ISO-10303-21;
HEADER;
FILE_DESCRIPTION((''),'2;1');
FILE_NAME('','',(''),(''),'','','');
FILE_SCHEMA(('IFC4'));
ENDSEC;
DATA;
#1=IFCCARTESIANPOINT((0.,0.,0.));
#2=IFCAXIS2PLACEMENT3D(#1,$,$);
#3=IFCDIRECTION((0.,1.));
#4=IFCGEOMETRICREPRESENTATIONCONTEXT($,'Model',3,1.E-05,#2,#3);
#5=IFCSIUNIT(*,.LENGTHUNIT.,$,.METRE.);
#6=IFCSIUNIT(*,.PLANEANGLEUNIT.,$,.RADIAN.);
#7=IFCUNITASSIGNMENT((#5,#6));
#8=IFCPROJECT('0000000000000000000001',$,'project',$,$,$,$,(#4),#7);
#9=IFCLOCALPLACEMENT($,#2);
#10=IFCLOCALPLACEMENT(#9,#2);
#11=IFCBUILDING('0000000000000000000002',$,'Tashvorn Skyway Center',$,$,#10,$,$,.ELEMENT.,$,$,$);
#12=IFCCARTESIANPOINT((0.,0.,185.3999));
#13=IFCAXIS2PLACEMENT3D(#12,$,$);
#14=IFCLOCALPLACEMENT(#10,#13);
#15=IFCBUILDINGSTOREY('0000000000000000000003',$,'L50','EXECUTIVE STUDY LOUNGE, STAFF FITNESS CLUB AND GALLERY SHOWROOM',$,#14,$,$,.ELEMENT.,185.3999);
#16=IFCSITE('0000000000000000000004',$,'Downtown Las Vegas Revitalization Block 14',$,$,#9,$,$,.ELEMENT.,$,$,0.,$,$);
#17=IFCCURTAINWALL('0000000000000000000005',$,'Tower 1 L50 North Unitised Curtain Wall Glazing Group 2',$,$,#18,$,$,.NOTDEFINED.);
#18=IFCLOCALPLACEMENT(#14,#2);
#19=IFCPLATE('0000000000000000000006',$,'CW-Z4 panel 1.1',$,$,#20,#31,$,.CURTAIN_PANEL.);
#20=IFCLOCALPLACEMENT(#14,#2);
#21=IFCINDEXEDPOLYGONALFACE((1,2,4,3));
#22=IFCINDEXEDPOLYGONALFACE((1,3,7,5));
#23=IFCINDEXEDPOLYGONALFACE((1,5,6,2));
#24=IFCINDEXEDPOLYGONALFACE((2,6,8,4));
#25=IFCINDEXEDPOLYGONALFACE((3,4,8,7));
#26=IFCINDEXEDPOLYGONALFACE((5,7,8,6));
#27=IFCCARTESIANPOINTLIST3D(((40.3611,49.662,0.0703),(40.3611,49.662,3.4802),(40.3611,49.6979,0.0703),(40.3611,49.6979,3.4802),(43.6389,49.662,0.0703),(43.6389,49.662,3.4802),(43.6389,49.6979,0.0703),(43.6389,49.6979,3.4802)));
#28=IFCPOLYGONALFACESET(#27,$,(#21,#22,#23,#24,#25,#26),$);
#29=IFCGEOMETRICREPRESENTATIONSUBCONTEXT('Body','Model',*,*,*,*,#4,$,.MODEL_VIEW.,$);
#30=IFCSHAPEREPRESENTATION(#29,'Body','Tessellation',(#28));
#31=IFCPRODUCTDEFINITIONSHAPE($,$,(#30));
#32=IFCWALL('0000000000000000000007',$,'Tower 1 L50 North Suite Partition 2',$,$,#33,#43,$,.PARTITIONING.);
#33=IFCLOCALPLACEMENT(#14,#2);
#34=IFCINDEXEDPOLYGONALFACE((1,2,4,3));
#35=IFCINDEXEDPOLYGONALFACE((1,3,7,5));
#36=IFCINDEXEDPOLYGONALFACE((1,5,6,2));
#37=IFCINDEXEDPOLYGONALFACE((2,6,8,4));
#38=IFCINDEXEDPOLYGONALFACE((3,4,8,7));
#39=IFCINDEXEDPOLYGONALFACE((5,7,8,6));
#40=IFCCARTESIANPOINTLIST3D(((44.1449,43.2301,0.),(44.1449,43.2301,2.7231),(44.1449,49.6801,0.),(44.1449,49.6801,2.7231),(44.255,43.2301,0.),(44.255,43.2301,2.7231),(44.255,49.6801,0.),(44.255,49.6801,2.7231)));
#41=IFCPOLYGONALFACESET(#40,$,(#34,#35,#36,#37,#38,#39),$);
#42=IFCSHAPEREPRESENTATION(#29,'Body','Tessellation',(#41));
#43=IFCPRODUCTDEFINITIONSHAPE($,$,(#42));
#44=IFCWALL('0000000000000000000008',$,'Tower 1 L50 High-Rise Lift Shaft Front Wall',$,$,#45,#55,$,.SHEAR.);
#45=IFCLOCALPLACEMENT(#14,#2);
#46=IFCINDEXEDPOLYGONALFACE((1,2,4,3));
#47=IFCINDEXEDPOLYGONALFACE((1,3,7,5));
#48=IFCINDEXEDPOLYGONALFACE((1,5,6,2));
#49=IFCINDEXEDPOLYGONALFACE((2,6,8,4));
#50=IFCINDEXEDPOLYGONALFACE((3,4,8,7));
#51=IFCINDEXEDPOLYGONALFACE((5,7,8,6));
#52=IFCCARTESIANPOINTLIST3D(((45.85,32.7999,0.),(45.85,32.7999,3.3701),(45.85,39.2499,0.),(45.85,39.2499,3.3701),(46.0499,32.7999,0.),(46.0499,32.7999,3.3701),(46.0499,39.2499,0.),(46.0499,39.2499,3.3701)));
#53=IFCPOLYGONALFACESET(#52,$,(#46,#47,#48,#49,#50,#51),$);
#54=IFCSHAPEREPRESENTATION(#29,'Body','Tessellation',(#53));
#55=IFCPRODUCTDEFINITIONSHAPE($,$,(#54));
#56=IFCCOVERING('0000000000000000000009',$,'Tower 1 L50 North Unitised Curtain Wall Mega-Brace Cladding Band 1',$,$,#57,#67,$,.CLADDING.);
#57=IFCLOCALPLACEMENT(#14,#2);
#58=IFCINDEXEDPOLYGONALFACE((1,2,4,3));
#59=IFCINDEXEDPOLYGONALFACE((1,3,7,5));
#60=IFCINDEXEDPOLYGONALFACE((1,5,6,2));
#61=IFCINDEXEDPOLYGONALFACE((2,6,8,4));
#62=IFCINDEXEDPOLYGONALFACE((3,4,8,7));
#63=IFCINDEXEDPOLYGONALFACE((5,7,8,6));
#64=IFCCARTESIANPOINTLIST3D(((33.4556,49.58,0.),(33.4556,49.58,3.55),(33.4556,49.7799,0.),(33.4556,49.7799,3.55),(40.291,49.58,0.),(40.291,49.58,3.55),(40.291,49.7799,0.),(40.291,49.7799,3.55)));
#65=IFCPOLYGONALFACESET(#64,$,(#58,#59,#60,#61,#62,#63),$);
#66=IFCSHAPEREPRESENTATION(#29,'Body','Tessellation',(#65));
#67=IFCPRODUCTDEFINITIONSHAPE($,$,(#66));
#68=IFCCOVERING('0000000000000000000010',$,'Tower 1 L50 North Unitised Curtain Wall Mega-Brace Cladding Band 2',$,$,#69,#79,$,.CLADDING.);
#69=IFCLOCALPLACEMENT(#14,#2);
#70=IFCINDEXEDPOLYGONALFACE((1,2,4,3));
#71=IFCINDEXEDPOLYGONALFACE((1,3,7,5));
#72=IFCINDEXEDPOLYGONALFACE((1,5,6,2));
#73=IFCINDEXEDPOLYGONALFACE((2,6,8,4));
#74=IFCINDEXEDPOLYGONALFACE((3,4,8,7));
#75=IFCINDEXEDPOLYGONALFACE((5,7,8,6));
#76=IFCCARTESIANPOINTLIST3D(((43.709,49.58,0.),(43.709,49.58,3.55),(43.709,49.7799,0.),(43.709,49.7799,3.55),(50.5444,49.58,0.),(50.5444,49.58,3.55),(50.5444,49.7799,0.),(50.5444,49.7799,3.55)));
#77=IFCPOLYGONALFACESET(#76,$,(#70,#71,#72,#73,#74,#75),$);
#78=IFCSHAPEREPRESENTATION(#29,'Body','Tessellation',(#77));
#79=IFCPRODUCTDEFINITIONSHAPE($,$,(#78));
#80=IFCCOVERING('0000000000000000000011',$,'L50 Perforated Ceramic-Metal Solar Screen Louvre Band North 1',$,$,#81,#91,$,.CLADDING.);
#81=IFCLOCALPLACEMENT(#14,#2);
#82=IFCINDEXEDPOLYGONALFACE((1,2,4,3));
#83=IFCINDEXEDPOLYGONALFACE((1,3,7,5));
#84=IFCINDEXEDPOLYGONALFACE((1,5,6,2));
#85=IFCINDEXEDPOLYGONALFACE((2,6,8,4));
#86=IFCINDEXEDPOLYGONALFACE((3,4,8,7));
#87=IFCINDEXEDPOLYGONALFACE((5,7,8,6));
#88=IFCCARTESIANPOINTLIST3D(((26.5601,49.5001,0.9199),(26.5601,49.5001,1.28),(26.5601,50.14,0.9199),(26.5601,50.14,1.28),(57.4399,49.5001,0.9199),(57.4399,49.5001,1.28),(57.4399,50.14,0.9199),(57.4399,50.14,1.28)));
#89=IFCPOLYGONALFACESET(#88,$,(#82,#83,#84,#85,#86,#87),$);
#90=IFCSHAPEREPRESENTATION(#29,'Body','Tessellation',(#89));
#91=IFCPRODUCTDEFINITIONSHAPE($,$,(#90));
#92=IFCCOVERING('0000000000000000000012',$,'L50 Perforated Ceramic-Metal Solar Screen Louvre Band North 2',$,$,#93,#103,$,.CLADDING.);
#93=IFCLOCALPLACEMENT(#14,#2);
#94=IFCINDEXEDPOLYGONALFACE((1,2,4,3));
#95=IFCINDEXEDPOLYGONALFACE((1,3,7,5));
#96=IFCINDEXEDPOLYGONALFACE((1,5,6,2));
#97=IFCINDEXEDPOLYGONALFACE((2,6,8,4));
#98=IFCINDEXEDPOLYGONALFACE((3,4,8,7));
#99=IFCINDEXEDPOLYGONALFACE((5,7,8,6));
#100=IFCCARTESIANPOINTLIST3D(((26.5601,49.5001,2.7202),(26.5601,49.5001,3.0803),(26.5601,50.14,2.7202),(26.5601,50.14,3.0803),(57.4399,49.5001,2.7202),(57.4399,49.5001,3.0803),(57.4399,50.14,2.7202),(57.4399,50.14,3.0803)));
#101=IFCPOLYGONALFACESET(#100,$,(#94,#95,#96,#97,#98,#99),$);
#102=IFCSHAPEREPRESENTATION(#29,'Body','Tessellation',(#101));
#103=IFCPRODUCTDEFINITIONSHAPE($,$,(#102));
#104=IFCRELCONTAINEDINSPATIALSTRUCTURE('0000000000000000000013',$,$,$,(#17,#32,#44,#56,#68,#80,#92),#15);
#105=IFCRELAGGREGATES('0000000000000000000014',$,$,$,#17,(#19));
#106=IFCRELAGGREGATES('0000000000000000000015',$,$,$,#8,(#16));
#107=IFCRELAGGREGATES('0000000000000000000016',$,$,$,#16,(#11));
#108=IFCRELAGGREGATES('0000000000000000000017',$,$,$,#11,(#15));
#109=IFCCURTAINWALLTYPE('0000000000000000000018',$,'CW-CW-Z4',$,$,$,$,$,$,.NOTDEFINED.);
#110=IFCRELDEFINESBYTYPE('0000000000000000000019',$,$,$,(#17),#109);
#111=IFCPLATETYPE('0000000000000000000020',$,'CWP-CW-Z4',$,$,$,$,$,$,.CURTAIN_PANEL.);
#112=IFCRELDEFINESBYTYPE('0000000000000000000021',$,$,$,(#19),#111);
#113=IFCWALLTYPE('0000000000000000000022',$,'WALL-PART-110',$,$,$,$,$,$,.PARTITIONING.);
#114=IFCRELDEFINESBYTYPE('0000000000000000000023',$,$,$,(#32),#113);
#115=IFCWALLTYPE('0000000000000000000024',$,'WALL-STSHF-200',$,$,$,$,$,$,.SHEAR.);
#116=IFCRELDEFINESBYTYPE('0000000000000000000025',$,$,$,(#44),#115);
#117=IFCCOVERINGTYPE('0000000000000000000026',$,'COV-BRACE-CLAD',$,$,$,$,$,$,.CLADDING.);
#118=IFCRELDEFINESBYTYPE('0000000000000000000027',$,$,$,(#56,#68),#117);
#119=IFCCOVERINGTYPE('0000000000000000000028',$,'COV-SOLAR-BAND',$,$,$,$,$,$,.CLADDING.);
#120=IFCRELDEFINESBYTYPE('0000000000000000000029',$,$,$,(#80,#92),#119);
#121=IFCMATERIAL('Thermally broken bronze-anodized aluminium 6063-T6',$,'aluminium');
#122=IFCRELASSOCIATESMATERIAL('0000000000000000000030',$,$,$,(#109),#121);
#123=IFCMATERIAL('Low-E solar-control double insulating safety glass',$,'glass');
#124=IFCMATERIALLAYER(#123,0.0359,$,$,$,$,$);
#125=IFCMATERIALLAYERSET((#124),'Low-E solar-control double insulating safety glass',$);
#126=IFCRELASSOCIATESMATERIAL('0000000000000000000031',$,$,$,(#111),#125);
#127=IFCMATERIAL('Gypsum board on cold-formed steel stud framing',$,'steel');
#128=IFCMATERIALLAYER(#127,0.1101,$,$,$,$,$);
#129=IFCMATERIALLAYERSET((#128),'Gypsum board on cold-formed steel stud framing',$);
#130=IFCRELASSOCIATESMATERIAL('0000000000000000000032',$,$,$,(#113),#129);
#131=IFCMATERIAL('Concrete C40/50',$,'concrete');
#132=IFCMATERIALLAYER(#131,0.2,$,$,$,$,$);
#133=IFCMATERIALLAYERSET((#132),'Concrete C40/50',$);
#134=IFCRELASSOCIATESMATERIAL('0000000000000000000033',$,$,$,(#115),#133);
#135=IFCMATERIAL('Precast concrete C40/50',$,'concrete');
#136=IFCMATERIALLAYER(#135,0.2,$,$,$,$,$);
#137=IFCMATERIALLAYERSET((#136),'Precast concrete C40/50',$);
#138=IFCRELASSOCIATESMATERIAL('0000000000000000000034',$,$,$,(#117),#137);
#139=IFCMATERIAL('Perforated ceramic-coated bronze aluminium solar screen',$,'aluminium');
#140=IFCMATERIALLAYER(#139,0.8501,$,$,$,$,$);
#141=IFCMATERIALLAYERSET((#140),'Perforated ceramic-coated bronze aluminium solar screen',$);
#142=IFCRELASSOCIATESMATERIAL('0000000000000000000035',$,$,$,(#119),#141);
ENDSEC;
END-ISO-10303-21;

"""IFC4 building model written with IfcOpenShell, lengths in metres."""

from ifc_helpers import new_model, si_unit, direction, frame, frame_2d, origin, origin_2d, place, context, subcontext, project, spatial, rectangle, extrude, material, layer, layer_set, type_object, element, aggregate, save


model = new_model("IFC4")

# Units and contexts
model_context = context("Model", 3, precision=1e-05, world=origin(), true_north=direction((0.0, 1.0)))
body_context = subcontext(model_context, "Body", "Model", "MODEL_VIEW")
ifc_project = project(units=[si_unit("LENGTHUNIT", "METRE"), si_unit("PLANEANGLEUNIT", "RADIAN")], contexts=[model_context])

# Site, building, storey
site_placement = place(None, origin())
site = spatial("IfcSite", under=ifc_project, at=site_placement, Name="Downtown Las Vegas Revitalization Block 14", CompositionType="ELEMENT", RefElevation=0.0)
building_placement = place(site_placement, origin())
building = spatial("IfcBuilding", under=site, at=building_placement, Name="Tashvorn Skyway Center", CompositionType="ELEMENT")
storey_placement = place(building_placement, frame((0.0, 0.0, 185.3999)))
storey = spatial("IfcBuildingStorey", under=building, at=storey_placement, Name="L50", Description="EXECUTIVE STUDY LOUNGE, STAFF FITNESS CLUB AND GALLERY SHOWROOM", CompositionType="ELEMENT", Elevation=185.3999)

# Curtain wall, plate
ifc_material_1 = material(Name="Thermally broken bronze-anodized aluminium 6063-T6", Category="aluminium")
curtain_wall_type = type_object("IfcCurtainWallType", Name="CW-CW-Z4", PredefinedType="NOTDEFINED", material=ifc_material_1)
curtain_wall_placement = place(storey_placement, origin())
curtain_wall = element("IfcCurtainWall", 1, at=curtain_wall_placement, inside=storey, type_object=curtain_wall_type, Name="Tower 1 L50 North Unitised Curtain Wall Glazing Group 2", PredefinedType="NOTDEFINED")
ifc_material_2 = material(Name="Low-E solar-control double insulating safety glass", Category="glass")
ifc_layer_1 = layer(ifc_material_2, 0.0359)
ifc_layer_set_1 = layer_set([ifc_layer_1], Name="Low-E solar-control double insulating safety glass")
plate_type = type_object("IfcPlateType", Name="CWP-CW-Z4", PredefinedType="CURTAIN_PANEL", material=ifc_layer_set_1)
plate_placement = place(storey_placement, frame((42.0, 49.6799, 0.0703), z_axis=(0.0, 0.0, 1.0), x_axis=(1.0, 0.0, 0.0)))
plate = element("IfcPlate", 2, at=plate_placement, type_object=plate_type, Name="CW-Z4 panel 1.1", PredefinedType="CURTAIN_PANEL", context=body_context, shape_type="SweptSolid", body=[
    extrude(rectangle(XDim=3.2778, YDim=0.0359, at=origin_2d()), origin(), (0.0, 0.0, 1.0), 3.4099),
])
aggregate(curtain_wall, [plate])

# Walls
ifc_material_3 = material(Name="Gypsum board on cold-formed steel stud framing", Category="steel")
ifc_layer_2 = layer(ifc_material_3, 0.1101)
ifc_layer_set_2 = layer_set([ifc_layer_2], Name="Gypsum board on cold-formed steel stud framing")
wall_type_1 = type_object("IfcWallType", Name="WALL-PART-110", PredefinedType="PARTITIONING", material=ifc_layer_set_2)
wall_1_placement = place(storey_placement, frame((44.2, 43.23, 0.0), z_axis=(0.0, 0.0, 1.0), x_axis=(0.0, 1.0, 0.0)))
element("IfcWall", 3, at=wall_1_placement, inside=storey, type_object=wall_type_1, Name="Tower 1 L50 North Suite Partition 2", PredefinedType="PARTITIONING", context=body_context, shape_type="SweptSolid", body=[
    extrude(rectangle(XDim=6.45, YDim=0.1101, at=frame_2d((3.2251, 0.0))), origin(), (0.0, 0.0, 1.0), 2.7231),
])
ifc_material_4 = material(Name="Concrete C40/50", Category="concrete")
ifc_layer_3 = layer(ifc_material_4, 0.2)
ifc_layer_set_3 = layer_set([ifc_layer_3], Name="Concrete C40/50")
wall_type_2 = type_object("IfcWallType", Name="WALL-STSHF-200", PredefinedType="SHEAR", material=ifc_layer_set_3)
wall_2_placement = place(storey_placement, frame((45.95, 39.25, 0.0), z_axis=(0.0, 0.0, 1.0), x_axis=(0.0, -1.0, 0.0)))
element("IfcWall", 4, at=wall_2_placement, inside=storey, type_object=wall_type_2, Name="Tower 1 L50 High-Rise Lift Shaft Front Wall", PredefinedType="SHEAR", context=body_context, shape_type="SweptSolid", body=[
    extrude(rectangle(XDim=6.45, YDim=0.2, at=frame_2d((3.2251, 0.0))), origin(), (0.0, 0.0, 1.0), 3.3701),
])

# Coverings
ifc_material_5 = material(Name="Precast concrete C40/50", Category="concrete")
ifc_layer_4 = layer(ifc_material_5, 0.2)
ifc_layer_set_4 = layer_set([ifc_layer_4], Name="Precast concrete C40/50")
covering_type_1 = type_object("IfcCoveringType", Name="COV-BRACE-CLAD", PredefinedType="CLADDING", material=ifc_layer_set_4)
for number, where, z_axis, x_axis, name in (
    (5, (36.8733, 49.6799, 0.0), (0.0, 0.0, 1.0), (1.0, 0.0, 0.0), "Tower 1 L50 North Unitised Curtain Wall Mega-Brace Cladding Band 1"),
    (6, (47.1267, 49.6799, 0.0), (0.0, 0.0, 1.0), (1.0, 0.0, 0.0), "Tower 1 L50 North Unitised Curtain Wall Mega-Brace Cladding Band 2"),
):
    element("IfcCovering", number, at=place(storey_placement, frame(where, z_axis=z_axis, x_axis=x_axis)), inside=storey, type_object=covering_type_1, Name=name, PredefinedType="CLADDING", context=body_context, shape_type="SweptSolid", body=[
        extrude(rectangle(XDim=6.8354, YDim=0.2, at=origin_2d()), origin(), (0.0, 0.0, 1.0), 3.55),
    ])
ifc_material_6 = material(Name="Perforated ceramic-coated bronze aluminium solar screen", Category="aluminium")
ifc_layer_5 = layer(ifc_material_6, 0.8501)
ifc_layer_set_5 = layer_set([ifc_layer_5], Name="Perforated ceramic-coated bronze aluminium solar screen")
covering_type_2 = type_object("IfcCoveringType", Name="COV-SOLAR-BAND", PredefinedType="CLADDING", material=ifc_layer_set_5)
for number, where, z_axis, x_axis, name in (
    (7, (42.0, 49.8201, 0.9199), (0.0, 0.0, 1.0), (1.0, 0.0, 0.0), "L50 Perforated Ceramic-Metal Solar Screen Louvre Band North 1"),
    (8, (42.0, 49.8201, 2.7202), (0.0, 0.0, 1.0), (1.0, 0.0, 0.0), "L50 Perforated Ceramic-Metal Solar Screen Louvre Band North 2"),
):
    element("IfcCovering", number, at=place(storey_placement, frame(where, z_axis=z_axis, x_axis=x_axis)), inside=storey, type_object=covering_type_2, Name=name, PredefinedType="CLADDING", context=body_context, shape_type="SweptSolid", body=[
        extrude(rectangle(XDim=30.8799, YDim=0.6399, at=origin_2d()), origin(), (0.0, 0.0, 1.0), 0.3601),
    ])

save(model, "model.ifc")
